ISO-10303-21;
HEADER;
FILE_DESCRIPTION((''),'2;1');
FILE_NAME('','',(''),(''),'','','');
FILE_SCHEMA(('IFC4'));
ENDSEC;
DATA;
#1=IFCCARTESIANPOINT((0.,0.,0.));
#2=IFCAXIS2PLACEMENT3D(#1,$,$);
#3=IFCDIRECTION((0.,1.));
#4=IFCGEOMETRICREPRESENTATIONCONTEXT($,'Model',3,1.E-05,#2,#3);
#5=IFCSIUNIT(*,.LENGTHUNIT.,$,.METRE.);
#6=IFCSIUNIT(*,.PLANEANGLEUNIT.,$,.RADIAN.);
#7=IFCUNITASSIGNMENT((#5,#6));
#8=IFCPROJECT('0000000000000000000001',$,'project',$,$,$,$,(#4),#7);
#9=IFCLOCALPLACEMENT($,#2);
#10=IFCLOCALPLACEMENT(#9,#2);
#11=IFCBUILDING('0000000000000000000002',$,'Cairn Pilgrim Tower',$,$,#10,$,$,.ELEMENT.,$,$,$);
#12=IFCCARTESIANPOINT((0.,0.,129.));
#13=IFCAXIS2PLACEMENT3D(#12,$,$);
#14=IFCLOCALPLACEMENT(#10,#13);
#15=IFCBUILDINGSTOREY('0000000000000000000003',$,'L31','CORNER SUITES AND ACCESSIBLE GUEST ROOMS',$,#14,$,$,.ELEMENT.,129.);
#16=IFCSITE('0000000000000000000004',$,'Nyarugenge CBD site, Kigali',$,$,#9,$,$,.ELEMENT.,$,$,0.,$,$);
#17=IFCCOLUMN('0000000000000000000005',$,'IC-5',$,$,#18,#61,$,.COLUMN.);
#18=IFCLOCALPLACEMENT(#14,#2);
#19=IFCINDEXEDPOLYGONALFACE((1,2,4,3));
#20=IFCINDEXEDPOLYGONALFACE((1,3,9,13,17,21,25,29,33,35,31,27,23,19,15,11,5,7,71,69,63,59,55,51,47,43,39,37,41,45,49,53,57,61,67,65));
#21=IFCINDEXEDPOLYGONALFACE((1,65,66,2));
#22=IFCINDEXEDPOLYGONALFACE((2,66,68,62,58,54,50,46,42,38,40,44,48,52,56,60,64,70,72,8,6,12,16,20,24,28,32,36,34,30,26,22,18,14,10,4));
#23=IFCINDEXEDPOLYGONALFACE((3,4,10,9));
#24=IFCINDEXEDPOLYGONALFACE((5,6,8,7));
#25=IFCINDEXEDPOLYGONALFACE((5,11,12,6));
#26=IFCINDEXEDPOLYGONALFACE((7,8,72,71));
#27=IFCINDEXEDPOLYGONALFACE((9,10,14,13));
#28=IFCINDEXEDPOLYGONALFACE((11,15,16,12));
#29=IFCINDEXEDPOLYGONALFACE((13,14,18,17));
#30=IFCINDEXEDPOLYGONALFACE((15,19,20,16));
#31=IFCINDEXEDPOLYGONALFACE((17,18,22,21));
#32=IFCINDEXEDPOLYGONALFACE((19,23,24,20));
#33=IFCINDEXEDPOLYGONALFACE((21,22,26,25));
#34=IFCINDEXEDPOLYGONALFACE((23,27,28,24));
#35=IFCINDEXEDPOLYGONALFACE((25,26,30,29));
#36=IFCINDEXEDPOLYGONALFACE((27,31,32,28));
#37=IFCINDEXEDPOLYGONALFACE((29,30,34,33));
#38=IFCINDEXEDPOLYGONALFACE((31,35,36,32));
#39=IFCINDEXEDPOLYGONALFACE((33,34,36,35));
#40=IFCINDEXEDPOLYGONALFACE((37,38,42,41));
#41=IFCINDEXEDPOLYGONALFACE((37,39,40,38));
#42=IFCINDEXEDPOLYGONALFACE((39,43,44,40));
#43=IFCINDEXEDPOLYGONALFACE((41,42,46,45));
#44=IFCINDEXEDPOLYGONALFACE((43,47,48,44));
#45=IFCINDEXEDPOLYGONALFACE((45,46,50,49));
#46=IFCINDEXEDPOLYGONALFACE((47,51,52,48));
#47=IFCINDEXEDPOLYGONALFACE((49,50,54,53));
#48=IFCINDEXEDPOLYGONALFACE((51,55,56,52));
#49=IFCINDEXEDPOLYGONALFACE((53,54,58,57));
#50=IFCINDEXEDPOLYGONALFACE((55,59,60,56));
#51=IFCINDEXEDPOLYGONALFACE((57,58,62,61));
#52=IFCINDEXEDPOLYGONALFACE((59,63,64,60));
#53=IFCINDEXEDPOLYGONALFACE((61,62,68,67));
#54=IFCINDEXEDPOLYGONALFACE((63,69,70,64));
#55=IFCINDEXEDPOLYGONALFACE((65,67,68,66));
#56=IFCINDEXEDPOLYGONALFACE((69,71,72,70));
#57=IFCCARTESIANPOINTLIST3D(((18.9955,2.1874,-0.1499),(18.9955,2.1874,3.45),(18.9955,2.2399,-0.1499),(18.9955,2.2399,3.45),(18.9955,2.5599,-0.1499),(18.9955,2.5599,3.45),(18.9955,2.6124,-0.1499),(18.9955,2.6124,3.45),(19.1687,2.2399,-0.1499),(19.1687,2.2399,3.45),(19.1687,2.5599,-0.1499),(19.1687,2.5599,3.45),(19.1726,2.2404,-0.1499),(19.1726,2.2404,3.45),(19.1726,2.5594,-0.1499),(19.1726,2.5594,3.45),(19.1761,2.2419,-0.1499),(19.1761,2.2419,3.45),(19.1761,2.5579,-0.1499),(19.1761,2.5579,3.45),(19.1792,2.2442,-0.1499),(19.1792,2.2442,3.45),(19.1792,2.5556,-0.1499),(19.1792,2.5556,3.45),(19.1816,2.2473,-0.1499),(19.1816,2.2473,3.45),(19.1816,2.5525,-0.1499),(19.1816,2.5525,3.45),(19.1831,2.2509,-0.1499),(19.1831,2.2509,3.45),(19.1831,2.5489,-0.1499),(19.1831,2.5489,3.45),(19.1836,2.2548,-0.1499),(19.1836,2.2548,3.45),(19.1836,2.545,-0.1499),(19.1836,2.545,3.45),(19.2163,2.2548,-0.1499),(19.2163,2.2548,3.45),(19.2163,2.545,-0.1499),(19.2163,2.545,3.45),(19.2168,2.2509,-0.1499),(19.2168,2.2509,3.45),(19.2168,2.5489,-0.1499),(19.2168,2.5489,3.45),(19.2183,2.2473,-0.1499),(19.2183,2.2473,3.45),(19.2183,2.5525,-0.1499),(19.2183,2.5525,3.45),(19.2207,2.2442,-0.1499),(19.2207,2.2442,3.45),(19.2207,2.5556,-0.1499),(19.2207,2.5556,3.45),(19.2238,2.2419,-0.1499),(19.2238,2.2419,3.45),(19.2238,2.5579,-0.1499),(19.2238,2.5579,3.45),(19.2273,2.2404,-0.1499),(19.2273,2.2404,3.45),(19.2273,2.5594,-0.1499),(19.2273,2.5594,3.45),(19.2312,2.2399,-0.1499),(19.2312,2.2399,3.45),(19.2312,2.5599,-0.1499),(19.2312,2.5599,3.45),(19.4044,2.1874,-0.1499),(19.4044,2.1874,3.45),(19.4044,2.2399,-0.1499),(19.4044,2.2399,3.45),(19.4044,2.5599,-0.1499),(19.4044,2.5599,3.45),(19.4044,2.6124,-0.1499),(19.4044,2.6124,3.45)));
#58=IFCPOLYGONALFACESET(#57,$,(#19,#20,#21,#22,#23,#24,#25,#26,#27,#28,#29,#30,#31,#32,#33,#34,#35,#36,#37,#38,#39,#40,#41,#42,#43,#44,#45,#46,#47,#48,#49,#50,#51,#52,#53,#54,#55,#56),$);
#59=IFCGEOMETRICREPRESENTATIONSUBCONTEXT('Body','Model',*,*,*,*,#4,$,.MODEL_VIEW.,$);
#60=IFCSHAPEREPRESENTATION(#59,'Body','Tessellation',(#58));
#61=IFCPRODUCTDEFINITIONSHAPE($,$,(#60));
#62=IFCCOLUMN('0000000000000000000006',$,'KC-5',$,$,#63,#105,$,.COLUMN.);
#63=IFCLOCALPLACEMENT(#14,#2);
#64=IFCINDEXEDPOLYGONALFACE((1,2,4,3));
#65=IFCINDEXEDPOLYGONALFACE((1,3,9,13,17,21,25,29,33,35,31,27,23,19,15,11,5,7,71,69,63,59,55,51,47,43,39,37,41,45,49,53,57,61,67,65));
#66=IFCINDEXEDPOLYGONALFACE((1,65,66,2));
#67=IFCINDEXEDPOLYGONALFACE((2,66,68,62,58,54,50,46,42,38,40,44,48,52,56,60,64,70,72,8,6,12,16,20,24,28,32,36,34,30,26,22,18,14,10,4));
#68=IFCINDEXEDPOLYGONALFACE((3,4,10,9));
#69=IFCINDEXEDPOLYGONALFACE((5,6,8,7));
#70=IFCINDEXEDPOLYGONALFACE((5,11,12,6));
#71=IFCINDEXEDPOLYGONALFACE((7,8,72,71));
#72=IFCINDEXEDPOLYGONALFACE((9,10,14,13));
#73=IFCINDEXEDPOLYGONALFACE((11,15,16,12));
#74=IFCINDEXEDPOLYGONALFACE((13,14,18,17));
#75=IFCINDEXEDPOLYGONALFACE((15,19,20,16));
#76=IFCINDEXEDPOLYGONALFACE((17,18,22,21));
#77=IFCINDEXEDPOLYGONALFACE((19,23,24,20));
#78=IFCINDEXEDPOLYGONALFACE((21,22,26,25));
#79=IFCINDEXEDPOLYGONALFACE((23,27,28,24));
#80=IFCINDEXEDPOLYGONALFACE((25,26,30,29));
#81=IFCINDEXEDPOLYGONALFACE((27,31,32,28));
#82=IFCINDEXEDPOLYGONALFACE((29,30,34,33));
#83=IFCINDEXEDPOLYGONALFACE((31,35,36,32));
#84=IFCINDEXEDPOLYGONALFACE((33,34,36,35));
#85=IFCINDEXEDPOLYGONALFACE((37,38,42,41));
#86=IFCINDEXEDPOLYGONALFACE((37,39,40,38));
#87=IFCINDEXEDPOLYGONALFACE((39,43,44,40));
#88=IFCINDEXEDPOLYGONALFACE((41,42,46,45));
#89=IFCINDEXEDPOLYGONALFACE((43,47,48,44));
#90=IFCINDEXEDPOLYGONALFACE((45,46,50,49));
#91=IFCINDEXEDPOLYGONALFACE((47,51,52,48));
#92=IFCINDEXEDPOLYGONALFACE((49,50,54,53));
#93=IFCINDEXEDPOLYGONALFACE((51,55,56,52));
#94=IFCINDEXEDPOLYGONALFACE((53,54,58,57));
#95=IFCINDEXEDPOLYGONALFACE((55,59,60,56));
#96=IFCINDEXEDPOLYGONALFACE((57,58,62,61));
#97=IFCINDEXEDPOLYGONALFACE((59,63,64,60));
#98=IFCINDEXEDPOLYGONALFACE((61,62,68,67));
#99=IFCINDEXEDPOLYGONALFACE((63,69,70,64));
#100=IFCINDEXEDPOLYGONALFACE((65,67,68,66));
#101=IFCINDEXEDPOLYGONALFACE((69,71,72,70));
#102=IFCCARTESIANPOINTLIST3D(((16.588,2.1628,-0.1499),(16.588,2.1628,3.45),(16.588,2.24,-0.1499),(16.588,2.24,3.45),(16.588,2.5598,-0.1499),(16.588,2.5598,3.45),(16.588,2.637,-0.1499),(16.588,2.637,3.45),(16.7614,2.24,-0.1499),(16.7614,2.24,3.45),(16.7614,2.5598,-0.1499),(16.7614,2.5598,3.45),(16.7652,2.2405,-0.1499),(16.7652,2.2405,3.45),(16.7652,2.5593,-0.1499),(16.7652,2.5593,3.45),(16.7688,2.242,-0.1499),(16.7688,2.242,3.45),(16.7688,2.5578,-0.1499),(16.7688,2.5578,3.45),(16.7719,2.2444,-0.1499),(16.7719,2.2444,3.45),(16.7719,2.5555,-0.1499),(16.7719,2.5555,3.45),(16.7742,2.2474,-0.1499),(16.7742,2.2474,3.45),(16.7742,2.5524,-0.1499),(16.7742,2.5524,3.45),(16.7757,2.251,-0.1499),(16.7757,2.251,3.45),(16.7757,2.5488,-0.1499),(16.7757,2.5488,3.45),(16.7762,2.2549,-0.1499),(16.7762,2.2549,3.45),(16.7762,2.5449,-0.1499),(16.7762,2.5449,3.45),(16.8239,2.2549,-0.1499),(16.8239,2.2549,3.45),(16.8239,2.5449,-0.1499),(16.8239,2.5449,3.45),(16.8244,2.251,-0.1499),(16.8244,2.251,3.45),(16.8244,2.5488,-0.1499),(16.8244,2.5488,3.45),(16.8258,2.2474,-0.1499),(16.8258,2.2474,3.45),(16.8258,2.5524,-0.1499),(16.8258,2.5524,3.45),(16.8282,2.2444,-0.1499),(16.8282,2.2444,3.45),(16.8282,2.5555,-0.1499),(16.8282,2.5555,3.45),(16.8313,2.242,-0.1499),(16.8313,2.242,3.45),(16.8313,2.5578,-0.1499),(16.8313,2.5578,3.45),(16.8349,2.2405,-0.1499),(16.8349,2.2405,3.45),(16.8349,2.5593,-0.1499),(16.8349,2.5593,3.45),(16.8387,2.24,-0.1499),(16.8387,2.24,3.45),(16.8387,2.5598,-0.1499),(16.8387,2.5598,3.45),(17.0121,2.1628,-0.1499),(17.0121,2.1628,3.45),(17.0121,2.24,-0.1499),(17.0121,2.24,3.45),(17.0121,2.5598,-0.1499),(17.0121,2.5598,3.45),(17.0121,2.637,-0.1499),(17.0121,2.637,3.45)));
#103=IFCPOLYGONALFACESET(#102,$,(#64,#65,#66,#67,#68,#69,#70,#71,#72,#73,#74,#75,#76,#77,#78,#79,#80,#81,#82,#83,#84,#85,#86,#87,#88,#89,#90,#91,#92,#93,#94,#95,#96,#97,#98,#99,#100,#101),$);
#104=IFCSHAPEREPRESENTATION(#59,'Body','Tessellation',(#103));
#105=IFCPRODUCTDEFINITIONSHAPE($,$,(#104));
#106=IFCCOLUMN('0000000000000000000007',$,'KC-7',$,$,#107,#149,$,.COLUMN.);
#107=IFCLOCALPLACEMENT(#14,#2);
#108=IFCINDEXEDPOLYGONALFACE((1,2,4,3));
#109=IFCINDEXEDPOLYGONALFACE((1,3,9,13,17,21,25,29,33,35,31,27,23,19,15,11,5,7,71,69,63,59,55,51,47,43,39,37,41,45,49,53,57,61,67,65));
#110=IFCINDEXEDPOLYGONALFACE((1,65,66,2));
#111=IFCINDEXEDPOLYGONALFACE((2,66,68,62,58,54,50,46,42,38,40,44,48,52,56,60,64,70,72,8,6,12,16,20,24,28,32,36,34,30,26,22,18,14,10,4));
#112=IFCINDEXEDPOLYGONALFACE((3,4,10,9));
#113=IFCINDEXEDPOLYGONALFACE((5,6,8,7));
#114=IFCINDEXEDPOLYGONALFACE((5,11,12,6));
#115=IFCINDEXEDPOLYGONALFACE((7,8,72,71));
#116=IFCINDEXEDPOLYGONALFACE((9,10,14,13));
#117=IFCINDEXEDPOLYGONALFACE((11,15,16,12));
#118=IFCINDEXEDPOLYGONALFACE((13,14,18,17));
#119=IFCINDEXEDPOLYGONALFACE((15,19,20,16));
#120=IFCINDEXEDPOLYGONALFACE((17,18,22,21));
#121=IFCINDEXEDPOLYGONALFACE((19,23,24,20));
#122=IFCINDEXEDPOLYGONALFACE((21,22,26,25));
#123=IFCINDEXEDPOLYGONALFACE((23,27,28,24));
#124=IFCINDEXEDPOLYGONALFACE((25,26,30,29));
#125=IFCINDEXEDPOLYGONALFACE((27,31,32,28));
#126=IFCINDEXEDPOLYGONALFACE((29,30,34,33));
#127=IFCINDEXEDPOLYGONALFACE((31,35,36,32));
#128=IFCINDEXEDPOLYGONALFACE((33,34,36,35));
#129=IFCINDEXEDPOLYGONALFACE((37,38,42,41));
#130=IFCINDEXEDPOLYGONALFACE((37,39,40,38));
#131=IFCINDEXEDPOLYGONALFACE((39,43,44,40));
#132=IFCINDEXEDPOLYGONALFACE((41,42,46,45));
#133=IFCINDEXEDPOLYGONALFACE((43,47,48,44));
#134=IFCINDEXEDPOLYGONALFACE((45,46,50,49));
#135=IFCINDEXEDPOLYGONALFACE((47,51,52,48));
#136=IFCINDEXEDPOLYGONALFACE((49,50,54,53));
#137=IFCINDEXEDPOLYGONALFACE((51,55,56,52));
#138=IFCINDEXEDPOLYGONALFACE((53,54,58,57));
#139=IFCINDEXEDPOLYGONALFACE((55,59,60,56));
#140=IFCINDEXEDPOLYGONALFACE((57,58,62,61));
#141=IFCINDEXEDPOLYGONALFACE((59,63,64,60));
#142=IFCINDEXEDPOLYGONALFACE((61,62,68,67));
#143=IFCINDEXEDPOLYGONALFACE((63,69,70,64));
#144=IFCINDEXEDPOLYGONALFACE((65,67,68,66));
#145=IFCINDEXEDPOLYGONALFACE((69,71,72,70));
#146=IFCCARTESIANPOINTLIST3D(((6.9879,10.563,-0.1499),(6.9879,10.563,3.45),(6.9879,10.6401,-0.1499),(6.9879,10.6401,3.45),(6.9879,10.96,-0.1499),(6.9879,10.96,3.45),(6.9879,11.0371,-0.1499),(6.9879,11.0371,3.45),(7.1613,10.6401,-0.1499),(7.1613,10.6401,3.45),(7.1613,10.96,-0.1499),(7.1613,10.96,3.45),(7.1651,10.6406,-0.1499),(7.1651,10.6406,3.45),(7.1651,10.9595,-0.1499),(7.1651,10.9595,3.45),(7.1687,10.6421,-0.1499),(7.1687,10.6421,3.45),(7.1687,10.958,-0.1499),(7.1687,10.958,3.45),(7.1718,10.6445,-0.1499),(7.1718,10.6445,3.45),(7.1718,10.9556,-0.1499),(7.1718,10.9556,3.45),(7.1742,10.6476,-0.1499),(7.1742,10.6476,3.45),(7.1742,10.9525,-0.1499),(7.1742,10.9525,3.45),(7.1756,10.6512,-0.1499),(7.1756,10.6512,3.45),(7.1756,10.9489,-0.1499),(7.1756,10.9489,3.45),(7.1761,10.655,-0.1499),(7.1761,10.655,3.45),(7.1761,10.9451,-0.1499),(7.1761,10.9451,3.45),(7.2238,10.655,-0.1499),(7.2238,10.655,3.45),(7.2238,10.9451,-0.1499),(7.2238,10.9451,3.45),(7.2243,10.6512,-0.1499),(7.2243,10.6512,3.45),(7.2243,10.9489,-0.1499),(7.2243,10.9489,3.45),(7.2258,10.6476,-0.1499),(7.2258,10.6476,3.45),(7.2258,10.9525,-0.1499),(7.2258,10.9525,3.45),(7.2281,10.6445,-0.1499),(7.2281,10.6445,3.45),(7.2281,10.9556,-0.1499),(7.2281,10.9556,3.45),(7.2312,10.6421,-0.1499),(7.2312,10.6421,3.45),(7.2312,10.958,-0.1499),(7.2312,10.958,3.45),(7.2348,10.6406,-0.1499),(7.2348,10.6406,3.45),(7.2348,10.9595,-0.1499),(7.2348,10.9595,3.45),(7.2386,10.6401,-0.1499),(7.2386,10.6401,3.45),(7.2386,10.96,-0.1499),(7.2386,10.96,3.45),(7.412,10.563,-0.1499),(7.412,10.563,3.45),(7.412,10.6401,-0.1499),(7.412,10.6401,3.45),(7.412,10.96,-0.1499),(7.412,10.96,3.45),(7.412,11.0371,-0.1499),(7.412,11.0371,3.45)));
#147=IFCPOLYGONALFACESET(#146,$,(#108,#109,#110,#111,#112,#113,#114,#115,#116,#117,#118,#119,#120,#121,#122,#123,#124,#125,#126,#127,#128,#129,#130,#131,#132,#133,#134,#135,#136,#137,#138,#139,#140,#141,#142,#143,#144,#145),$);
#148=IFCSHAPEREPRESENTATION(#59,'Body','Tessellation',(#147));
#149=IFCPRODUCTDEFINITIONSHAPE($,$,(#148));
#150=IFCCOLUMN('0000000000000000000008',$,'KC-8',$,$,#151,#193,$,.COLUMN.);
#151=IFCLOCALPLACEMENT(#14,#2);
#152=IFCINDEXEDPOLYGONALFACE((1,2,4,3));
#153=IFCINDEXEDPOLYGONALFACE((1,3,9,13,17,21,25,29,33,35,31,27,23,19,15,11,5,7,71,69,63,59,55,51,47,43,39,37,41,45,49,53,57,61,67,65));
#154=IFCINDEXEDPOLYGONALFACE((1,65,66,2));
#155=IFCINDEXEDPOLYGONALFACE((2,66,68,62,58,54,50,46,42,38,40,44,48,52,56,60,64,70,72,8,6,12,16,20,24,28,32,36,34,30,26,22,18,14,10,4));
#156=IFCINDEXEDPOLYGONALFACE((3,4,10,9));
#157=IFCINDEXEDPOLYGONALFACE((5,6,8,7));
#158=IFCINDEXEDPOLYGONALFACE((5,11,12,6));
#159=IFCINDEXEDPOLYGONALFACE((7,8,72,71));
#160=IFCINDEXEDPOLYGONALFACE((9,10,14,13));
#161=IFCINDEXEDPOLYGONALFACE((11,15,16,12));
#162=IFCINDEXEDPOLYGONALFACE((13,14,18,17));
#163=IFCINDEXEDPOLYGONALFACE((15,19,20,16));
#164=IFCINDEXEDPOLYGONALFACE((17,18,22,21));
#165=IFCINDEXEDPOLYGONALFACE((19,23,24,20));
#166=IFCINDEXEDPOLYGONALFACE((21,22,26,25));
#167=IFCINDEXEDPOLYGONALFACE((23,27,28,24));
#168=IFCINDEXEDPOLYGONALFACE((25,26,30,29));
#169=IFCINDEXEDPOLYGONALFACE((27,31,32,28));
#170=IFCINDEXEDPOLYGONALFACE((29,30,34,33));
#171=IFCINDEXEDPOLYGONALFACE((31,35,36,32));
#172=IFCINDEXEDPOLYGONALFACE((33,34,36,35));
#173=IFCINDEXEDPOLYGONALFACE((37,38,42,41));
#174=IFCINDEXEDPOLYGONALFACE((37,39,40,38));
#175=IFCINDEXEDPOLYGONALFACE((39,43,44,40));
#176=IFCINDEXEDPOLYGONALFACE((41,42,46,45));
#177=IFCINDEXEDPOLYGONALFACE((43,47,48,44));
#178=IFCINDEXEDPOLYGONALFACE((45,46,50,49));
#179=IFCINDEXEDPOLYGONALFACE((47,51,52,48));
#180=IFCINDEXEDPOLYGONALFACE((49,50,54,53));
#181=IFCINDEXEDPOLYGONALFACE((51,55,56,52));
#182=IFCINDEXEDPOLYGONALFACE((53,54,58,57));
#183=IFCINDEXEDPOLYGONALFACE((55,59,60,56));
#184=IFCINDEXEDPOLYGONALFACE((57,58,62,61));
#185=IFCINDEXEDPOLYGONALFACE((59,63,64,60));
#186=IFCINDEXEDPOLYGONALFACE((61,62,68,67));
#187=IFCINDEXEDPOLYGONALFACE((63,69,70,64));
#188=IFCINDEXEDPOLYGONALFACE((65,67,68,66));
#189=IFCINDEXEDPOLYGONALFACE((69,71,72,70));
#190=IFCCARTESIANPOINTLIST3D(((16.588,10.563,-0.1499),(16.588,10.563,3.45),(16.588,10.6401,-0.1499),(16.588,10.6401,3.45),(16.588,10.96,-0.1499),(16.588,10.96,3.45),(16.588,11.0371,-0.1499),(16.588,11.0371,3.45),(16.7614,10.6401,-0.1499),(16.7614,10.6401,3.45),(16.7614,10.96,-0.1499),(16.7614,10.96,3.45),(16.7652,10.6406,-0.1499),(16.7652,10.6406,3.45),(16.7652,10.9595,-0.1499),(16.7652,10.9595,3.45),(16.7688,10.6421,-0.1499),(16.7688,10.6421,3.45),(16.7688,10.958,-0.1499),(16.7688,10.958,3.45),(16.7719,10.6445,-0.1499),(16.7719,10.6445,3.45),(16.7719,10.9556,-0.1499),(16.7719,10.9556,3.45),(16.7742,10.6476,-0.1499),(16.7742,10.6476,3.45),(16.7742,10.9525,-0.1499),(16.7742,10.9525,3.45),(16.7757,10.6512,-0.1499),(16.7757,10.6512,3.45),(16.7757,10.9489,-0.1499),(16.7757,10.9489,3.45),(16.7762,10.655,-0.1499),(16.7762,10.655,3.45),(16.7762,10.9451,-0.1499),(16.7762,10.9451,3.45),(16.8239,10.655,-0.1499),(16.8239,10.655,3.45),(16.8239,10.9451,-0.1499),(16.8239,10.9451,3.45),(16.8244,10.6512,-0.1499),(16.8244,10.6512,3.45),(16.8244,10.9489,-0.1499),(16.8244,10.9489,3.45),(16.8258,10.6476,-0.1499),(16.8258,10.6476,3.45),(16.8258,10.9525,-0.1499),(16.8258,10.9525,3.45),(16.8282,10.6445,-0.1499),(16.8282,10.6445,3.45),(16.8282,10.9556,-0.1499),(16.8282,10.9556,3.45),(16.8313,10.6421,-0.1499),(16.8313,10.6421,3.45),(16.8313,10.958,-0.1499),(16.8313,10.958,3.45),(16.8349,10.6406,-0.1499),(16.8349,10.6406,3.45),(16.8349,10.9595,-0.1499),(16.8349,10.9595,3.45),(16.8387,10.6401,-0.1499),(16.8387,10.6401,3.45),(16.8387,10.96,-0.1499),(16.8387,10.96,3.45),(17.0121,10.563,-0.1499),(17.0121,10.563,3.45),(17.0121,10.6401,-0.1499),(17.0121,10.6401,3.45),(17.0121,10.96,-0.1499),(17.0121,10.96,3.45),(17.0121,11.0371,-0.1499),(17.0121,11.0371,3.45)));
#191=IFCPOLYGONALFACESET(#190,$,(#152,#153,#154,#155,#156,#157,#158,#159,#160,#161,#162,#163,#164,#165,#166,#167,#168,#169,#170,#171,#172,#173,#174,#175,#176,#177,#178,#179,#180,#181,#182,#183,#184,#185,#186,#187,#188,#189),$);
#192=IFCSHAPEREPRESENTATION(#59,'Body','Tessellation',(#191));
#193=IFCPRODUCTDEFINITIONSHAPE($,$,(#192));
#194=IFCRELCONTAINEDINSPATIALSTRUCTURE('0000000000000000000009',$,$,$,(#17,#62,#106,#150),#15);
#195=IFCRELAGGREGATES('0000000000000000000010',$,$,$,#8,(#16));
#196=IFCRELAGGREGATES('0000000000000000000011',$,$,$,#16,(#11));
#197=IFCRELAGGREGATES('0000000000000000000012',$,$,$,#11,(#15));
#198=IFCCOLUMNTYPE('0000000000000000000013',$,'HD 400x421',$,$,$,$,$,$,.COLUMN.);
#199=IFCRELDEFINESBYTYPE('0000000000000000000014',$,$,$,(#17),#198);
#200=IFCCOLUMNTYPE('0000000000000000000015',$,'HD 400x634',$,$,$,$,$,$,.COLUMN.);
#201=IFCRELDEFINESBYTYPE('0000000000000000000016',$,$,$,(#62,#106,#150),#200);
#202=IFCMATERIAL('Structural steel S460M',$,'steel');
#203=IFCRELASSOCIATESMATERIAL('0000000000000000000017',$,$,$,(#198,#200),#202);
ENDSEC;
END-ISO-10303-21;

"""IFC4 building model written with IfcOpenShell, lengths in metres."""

from ifc_helpers import new_model, si_unit, direction, frame, origin, origin_2d, place, context, subcontext, project, spatial, i_section, extrude, material, material_profile, profile_set, type_object, element, save


model = new_model("IFC4")

# Units and contexts
model_context = context("Model", 3, precision=1e-05, world=origin(), true_north=direction((0.0, 1.0)))
body_context = subcontext(model_context, "Body", "Model", "MODEL_VIEW")
ifc_project = project(units=[si_unit("LENGTHUNIT", "METRE"), si_unit("PLANEANGLEUNIT", "RADIAN")], contexts=[model_context])

# Site, building, storey
site_placement = place(None, origin())
site = spatial("IfcSite", under=ifc_project, at=site_placement, Name="Nyarugenge CBD site, Kigali", CompositionType="ELEMENT", RefElevation=0.0)
building_placement = place(site_placement, origin())
building = spatial("IfcBuilding", under=site, at=building_placement, Name="Cairn Pilgrim Tower", CompositionType="ELEMENT")
storey_placement = place(building_placement, frame((0.0, 0.0, 129.0)))
storey = spatial("IfcBuildingStorey", under=building, at=storey_placement, Name="L31", Description="CORNER SUITES AND ACCESSIBLE GUEST ROOMS", CompositionType="ELEMENT", Elevation=129.0)

# Columns
ifc_material_1 = material(Name="Structural steel S460M", Category="steel")
ifc_material_profile_1 = material_profile(ifc_material_1, i_section(OverallWidth=0.4089, OverallDepth=0.425, WebThickness=0.0327, FlangeThickness=0.0525, FilletRadius=0.0149, at=origin_2d()), Name="HD 400x421")
ifc_profile_set_1 = profile_set([ifc_material_profile_1], Name="Structural steel S460M")
column_type_1 = type_object("IfcColumnType", Name="HD 400x421", PredefinedType="COLUMN", material=ifc_profile_set_1)
column_placement = place(storey_placement, frame((19.2, 2.3999, -0.1499), z_axis=(0.0, 0.0, 1.0), x_axis=(1.0, 0.0, 0.0)))
element("IfcColumn", 1, at=column_placement, inside=storey, type_object=column_type_1, Name="IC-5", PredefinedType="COLUMN", context=body_context, shape_type="SweptSolid", body=[
    extrude(i_section(OverallWidth=0.4089, OverallDepth=0.425, WebThickness=0.0327, FlangeThickness=0.0525, FilletRadius=0.0149, at=origin_2d()), origin(), (0.0, 0.0, 1.0), 3.5999),
])
ifc_material_profile_2 = material_profile(ifc_material_1, i_section(OverallWidth=0.4241, OverallDepth=0.4741, WebThickness=0.0476, FlangeThickness=0.0771, FilletRadius=0.0149, at=origin_2d()), Name="HD 400x634")
ifc_profile_set_2 = profile_set([ifc_material_profile_2], Name="Structural steel S460M")
column_type_2 = type_object("IfcColumnType", Name="HD 400x634", PredefinedType="COLUMN", material=ifc_profile_set_2)
for number, where, z_axis, x_axis, name in (
    (2, (16.8, 2.3999, -0.1499), (0.0, 0.0, 1.0), (1.0, 0.0, 0.0), "KC-5"),
    (3, (7.2, 10.8, -0.1499), (0.0, 0.0, 1.0), (1.0, 0.0, 0.0), "KC-7"),
    (4, (16.8, 10.8, -0.1499), (0.0, 0.0, 1.0), (1.0, 0.0, 0.0), "KC-8"),
):
    element("IfcColumn", number, at=place(storey_placement, frame(where, z_axis=z_axis, x_axis=x_axis)), inside=storey, type_object=column_type_2, Name=name, PredefinedType="COLUMN", context=body_context, shape_type="SweptSolid", body=[
        extrude(i_section(OverallWidth=0.4241, OverallDepth=0.4741, WebThickness=0.0476, FlangeThickness=0.0771, FilletRadius=0.0149, at=origin_2d()), origin(), (0.0, 0.0, 1.0), 3.5999),
    ])

save(model, "model.ifc")
